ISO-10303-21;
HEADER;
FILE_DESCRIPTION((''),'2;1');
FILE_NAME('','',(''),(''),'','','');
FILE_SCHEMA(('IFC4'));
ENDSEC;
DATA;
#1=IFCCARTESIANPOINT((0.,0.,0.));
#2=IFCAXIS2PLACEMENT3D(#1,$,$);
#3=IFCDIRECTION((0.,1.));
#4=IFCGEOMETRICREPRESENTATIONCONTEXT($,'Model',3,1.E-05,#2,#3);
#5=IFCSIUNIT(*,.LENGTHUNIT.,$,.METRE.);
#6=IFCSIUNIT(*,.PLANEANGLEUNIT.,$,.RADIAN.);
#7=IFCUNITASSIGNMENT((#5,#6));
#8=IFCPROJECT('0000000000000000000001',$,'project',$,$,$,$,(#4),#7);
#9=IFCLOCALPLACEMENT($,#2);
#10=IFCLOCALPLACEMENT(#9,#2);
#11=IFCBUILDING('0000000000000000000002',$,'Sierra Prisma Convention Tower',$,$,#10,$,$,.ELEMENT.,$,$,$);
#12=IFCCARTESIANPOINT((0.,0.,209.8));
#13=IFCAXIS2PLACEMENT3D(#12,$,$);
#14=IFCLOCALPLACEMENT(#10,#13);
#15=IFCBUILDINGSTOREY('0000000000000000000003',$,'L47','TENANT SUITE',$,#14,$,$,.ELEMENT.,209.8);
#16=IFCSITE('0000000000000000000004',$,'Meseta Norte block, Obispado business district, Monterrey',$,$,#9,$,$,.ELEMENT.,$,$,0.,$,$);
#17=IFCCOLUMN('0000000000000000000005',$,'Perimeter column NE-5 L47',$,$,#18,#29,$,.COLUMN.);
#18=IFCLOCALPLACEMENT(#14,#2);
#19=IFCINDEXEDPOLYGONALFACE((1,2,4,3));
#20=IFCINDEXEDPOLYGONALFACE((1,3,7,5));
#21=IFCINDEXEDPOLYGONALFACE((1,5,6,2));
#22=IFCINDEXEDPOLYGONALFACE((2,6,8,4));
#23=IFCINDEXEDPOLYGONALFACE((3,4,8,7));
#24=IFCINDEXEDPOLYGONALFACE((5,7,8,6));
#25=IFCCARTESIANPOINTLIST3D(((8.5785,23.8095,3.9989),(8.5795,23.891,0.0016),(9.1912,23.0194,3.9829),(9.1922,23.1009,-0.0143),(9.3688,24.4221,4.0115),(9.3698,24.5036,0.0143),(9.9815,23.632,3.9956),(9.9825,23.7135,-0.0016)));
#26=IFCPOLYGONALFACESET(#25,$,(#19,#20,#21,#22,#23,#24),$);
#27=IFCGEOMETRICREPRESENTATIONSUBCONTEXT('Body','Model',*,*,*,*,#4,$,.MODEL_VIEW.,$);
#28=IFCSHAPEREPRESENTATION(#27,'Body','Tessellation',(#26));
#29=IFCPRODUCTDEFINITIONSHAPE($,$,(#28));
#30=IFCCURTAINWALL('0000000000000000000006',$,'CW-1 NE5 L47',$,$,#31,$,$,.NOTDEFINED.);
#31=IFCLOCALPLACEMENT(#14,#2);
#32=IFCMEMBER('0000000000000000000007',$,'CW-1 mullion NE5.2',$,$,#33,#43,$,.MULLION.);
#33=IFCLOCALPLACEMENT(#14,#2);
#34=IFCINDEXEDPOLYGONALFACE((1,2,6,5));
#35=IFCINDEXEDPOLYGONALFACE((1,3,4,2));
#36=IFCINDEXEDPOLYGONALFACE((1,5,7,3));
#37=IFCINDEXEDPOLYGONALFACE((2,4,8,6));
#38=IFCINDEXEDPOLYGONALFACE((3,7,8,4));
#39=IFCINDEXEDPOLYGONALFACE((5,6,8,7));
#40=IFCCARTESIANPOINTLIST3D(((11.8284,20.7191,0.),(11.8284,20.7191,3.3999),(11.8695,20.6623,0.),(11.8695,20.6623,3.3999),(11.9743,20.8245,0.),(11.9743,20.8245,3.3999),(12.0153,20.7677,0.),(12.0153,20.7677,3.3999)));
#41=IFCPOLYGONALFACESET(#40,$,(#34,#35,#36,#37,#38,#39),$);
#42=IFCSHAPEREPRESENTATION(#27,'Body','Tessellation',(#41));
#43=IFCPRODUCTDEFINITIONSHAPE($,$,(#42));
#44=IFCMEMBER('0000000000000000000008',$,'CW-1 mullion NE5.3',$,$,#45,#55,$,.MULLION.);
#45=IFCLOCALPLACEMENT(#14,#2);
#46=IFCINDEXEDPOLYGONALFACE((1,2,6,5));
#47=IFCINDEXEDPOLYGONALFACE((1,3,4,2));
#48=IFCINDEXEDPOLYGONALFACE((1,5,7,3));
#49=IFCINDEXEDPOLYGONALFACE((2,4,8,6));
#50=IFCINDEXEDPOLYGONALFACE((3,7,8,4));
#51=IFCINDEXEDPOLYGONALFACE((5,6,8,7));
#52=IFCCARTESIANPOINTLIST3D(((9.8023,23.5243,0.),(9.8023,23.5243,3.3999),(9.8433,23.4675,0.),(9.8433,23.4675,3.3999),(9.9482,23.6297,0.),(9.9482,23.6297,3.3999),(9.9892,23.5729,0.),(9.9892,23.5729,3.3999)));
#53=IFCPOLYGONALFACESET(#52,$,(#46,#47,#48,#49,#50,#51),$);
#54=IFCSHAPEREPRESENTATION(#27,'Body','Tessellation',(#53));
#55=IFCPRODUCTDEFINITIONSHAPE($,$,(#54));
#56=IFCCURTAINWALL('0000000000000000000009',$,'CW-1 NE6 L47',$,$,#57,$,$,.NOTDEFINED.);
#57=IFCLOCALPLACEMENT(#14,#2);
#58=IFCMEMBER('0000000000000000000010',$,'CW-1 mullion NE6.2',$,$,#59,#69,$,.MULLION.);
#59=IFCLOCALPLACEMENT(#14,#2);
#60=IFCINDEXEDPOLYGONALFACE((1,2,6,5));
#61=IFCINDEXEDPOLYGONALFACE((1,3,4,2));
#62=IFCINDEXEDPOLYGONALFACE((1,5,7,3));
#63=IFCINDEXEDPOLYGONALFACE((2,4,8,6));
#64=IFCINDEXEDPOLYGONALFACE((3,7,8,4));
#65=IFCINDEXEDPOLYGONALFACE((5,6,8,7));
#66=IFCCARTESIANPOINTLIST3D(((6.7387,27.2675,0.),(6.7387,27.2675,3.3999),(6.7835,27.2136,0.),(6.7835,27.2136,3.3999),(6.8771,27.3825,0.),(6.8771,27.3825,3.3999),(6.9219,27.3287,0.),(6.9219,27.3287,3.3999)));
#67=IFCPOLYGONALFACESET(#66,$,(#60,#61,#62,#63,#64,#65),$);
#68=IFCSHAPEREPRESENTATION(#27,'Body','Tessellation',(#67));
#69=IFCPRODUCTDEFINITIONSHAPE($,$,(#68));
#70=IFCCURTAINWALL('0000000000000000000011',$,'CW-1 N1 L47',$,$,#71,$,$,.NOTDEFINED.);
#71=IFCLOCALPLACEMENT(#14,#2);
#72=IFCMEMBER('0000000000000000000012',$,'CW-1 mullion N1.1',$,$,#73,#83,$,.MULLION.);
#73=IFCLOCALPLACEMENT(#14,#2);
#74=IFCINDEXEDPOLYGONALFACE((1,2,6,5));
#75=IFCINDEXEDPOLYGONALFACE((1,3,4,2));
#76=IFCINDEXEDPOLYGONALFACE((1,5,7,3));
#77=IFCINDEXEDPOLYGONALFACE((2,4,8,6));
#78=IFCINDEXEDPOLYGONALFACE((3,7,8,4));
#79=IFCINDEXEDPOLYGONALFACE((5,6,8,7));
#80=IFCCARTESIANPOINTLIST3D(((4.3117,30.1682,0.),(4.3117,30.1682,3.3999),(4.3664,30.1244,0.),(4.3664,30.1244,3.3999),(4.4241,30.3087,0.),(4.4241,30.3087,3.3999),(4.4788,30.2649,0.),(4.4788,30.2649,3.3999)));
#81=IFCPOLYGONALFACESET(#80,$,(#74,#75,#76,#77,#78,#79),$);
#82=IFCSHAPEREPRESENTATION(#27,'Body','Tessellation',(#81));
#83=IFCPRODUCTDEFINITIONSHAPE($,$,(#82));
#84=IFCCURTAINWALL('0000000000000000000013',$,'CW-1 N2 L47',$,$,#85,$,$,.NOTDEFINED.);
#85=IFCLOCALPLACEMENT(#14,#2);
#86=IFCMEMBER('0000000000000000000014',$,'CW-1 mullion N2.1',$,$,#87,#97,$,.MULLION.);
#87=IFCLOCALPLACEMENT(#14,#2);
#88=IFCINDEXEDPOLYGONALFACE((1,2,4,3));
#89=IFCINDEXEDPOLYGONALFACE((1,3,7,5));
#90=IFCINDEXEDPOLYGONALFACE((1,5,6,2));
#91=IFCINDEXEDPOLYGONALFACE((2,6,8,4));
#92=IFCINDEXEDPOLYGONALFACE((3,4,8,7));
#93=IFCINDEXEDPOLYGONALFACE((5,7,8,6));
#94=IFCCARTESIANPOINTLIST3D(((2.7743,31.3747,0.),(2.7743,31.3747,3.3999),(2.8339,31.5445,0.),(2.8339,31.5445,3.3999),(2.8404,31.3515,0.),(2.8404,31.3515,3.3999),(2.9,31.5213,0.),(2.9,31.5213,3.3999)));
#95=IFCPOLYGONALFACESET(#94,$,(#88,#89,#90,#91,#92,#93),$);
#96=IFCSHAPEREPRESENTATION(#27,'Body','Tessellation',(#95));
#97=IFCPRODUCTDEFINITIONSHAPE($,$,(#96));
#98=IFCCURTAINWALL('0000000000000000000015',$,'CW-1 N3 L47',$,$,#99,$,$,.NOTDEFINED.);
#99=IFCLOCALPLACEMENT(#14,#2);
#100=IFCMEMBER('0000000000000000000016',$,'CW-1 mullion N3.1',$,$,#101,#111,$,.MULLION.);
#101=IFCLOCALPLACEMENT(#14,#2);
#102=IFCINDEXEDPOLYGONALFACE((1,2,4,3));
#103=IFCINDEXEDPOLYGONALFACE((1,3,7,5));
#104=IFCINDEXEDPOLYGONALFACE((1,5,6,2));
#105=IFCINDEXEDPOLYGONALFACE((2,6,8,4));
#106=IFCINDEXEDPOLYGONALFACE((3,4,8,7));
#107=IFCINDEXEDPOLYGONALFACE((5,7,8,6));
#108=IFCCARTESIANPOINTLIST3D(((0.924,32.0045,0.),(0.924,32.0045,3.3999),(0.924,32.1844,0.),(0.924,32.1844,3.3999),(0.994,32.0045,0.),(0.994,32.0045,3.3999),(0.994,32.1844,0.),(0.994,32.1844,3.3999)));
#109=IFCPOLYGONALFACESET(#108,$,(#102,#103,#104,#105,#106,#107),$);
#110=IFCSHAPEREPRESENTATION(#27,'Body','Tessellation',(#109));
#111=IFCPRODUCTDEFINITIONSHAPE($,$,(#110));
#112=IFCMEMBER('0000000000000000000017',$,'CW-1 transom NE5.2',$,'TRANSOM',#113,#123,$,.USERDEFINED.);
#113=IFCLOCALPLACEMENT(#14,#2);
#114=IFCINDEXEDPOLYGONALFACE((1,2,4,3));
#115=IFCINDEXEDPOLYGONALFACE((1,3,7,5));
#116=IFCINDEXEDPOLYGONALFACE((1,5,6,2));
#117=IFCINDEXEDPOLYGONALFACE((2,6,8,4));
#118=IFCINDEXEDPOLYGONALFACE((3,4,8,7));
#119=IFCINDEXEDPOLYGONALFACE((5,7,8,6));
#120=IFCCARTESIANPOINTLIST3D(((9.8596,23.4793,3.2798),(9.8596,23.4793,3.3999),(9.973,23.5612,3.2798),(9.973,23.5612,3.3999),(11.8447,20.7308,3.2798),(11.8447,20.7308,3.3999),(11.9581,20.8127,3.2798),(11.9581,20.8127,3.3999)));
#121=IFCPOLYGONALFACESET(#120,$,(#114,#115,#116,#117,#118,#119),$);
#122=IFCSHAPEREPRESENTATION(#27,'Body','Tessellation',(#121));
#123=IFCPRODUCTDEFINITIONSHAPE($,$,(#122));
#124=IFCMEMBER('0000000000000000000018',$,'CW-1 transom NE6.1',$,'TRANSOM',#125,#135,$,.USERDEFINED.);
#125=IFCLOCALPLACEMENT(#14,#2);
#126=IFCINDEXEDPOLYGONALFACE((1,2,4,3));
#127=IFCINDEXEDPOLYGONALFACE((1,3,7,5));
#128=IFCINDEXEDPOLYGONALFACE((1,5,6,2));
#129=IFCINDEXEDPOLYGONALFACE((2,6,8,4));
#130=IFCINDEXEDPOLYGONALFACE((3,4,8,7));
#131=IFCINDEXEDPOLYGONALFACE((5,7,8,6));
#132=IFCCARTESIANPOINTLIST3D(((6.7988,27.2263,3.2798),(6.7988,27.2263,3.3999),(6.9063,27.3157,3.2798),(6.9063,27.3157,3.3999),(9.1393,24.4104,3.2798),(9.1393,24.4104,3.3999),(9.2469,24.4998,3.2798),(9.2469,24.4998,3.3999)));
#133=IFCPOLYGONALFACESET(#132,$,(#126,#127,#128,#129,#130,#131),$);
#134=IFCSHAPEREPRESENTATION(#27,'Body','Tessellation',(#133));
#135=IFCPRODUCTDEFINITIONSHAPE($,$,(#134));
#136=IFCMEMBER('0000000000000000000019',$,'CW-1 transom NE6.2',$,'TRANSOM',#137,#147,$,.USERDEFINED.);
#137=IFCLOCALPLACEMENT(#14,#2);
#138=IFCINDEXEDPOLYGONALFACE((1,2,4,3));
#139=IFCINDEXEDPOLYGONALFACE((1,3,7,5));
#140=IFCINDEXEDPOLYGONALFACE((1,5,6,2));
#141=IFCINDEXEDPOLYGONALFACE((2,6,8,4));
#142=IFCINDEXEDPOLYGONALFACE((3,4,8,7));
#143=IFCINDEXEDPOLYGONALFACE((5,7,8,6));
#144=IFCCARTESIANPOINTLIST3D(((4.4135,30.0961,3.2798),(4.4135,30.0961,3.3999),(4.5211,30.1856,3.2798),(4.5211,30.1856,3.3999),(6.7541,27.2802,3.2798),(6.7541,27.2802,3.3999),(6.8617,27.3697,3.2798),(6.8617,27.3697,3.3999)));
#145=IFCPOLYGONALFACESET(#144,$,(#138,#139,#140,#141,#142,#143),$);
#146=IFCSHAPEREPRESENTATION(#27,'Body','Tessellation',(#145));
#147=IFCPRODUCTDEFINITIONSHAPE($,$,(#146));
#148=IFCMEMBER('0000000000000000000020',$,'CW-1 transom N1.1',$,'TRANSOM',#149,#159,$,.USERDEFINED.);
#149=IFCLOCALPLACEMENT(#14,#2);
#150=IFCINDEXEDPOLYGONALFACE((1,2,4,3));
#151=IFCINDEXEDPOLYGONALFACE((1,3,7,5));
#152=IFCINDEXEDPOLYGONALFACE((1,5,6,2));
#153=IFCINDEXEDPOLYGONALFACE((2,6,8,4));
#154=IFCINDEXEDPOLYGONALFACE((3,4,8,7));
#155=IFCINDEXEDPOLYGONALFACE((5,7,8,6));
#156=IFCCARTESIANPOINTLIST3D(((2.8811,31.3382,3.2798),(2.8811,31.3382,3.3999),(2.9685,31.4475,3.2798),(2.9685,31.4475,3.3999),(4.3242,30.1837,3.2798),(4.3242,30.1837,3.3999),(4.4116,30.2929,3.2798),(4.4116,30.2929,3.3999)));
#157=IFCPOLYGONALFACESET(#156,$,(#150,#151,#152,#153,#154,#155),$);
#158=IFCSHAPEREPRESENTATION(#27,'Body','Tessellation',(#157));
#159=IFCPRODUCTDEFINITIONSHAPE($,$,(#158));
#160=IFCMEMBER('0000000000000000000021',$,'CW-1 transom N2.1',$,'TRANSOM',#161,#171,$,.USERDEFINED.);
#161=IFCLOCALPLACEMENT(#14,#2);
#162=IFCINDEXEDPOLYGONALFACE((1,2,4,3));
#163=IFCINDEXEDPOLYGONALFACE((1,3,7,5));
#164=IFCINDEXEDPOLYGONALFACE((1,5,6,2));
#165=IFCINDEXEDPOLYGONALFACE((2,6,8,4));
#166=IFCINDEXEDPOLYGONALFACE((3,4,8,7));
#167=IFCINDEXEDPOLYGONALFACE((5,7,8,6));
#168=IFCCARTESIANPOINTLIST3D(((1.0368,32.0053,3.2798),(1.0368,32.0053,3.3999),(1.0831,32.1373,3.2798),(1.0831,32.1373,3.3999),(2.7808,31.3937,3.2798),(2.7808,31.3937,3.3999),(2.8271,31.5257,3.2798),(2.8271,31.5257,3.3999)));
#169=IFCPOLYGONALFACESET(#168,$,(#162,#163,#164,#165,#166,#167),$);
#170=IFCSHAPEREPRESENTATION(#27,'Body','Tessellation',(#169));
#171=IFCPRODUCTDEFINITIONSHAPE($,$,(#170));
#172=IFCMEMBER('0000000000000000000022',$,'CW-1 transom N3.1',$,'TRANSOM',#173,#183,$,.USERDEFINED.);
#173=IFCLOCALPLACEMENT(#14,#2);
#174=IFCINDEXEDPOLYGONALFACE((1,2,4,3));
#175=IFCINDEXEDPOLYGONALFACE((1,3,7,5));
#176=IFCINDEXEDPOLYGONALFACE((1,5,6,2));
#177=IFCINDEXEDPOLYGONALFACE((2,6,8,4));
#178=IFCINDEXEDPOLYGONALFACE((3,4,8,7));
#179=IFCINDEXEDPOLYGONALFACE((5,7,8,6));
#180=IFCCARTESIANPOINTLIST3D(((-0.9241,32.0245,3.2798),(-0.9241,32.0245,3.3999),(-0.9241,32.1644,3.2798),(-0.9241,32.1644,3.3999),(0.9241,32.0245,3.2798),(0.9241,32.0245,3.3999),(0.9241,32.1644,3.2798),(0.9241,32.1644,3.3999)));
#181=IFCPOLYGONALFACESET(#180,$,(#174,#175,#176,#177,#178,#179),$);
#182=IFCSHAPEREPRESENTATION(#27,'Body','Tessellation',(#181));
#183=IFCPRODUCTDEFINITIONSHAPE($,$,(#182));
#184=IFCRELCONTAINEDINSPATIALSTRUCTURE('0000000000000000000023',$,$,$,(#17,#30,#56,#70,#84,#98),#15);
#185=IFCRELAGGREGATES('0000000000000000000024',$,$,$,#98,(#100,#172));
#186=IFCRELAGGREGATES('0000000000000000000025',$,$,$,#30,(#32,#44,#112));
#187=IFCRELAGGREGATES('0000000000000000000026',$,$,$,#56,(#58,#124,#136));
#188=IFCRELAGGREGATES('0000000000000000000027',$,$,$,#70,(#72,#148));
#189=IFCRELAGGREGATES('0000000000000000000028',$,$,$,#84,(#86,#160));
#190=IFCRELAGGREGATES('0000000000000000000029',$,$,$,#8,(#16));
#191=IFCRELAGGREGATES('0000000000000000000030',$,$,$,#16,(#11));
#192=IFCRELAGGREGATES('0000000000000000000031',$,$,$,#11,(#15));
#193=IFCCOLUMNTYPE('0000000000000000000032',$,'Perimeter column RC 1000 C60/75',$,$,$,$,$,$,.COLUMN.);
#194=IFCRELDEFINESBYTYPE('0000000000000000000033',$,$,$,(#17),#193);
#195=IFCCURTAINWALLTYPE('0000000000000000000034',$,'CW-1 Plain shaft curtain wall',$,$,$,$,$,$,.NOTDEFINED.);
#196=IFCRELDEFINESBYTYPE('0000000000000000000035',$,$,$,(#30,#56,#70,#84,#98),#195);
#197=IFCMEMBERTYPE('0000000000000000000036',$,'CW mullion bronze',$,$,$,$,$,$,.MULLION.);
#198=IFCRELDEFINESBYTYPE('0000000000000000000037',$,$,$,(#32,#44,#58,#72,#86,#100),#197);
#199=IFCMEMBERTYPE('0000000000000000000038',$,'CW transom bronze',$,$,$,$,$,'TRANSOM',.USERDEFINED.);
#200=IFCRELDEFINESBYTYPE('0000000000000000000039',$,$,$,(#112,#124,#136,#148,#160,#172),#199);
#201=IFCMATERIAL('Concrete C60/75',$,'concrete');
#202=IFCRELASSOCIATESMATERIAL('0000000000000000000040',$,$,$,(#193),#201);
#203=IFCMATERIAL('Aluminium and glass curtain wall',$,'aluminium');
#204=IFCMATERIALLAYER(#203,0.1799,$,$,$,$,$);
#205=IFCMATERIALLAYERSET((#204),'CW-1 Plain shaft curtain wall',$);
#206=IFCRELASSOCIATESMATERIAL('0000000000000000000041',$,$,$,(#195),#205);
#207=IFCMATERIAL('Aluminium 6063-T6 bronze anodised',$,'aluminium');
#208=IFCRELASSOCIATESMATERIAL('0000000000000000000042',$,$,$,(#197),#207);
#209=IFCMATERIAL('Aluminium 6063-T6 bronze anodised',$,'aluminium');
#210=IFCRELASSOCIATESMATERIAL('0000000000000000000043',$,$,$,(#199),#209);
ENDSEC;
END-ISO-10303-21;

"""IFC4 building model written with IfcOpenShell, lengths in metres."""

from ifc_helpers import new_model, si_unit, direction, frame, origin, origin_2d, place, context, subcontext, project, spatial, rectangle, extrude, clip, halfspace, material, layer, layer_set, material_profile, profile_set, type_object, element, aggregate, save


model = new_model("IFC4")

# Units and contexts
model_context = context("Model", 3, precision=1e-05, world=origin(), true_north=direction((0.0, 1.0)))
body_context = subcontext(model_context, "Body", "Model", "MODEL_VIEW")
ifc_project = project(units=[si_unit("LENGTHUNIT", "METRE"), si_unit("PLANEANGLEUNIT", "RADIAN")], contexts=[model_context])

# Site, building, storey
site_placement = place(None, origin())
site = spatial("IfcSite", under=ifc_project, at=site_placement, Name="Meseta Norte block, Obispado business district, Monterrey", CompositionType="ELEMENT", RefElevation=0.0)
building_placement = place(site_placement, origin())
building = spatial("IfcBuilding", under=site, at=building_placement, Name="Sierra Prisma Convention Tower", CompositionType="ELEMENT")
storey_placement = place(building_placement, frame((0.0, 0.0, 209.8)))
storey = spatial("IfcBuildingStorey", under=building, at=storey_placement, Name="L47", Description="TENANT SUITE", CompositionType="ELEMENT", Elevation=209.8)

# Column
ifc_material_1 = material(Name="Concrete C60/75", Category="concrete")
ifc_material_profile_1 = material_profile(ifc_material_1, rectangle(XDim=1.0, YDim=1.0, at=origin_2d()), Name="Perimeter column RC 1000 C60/75")
ifc_profile_set_1 = profile_set([ifc_material_profile_1], Name="Concrete C60/75")
column_type = type_object("IfcColumnType", Name="Perimeter column RC 1000 C60/75", PredefinedType="COLUMN", material=ifc_profile_set_1)
column_placement = place(storey_placement, frame((9.281, 23.8022, 0.0), z_axis=(-0.000244, -0.020382, 0.999792), x_axis=(-0.612718, 0.79014, 0.015958)))
element("IfcColumn", 1, at=column_placement, inside=storey, type_object=column_type, Name="Perimeter column NE-5 L47", PredefinedType="COLUMN", context=body_context, shape_type="SweptSolid", body=[
    clip(extrude(rectangle(XDim=1.0, YDim=1.0, at=origin_2d()), origin(), (0.0, 0.0, 1.0), 4.0007), halfspace(frame((0.0, 0.0, 3.998)), False)),
])

# Curtain wall, members
ifc_material_2 = material(Name="Aluminium and glass curtain wall", Category="aluminium")
ifc_layer_1 = layer(ifc_material_2, 0.1799)
ifc_layer_set_1 = layer_set([ifc_layer_1], Name="CW-1 Plain shaft curtain wall")
curtain_wall_type = type_object("IfcCurtainWallType", Name="CW-1 Plain shaft curtain wall", PredefinedType="NOTDEFINED", material=ifc_layer_set_1)
curtain_wall_1_placement = place(storey_placement, origin())
curtain_wall_1 = element("IfcCurtainWall", 2, at=curtain_wall_1_placement, inside=storey, type_object=curtain_wall_type, Name="CW-1 NE5 L47", PredefinedType="NOTDEFINED")
ifc_material_3 = material(Name="Aluminium 6063-T6 bronze anodised", Category="aluminium")
ifc_material_profile_2 = material_profile(ifc_material_3, rectangle(XDim=0.1799, YDim=0.0701, at=origin_2d()), Name="ALU MULLION 70x180")
ifc_profile_set_2 = profile_set([ifc_material_profile_2], Name="Aluminium 6063-T6 bronze anodised")
member_type_1 = type_object("IfcMemberType", Name="CW mullion bronze", PredefinedType="MULLION", material=ifc_profile_set_2)
member_1_placement = place(storey_placement, frame((11.9219, 20.7434, 0.0), z_axis=(0.0, 0.0, 1.0), x_axis=(-0.810658, -0.58552, 0.0)))
member_1 = element("IfcMember", 3, at=member_1_placement, type_object=member_type_1, Name="CW-1 mullion NE5.2", PredefinedType="MULLION", context=body_context, shape_type="SweptSolid", body=[
    extrude(rectangle(XDim=0.1799, YDim=0.0701, at=origin_2d()), origin(), (0.0, 0.0, 1.0), 3.3999),
])
member_2_placement = place(storey_placement, frame((9.8958, 23.5486, 0.0), z_axis=(0.0, 0.0, 1.0), x_axis=(-0.810658, -0.58552, 0.0)))
member_2 = element("IfcMember", 4, at=member_2_placement, type_object=member_type_1, Name="CW-1 mullion NE5.3", PredefinedType="MULLION", context=body_context, shape_type="SweptSolid", body=[
    extrude(rectangle(XDim=0.1799, YDim=0.0701, at=origin_2d()), origin(), (0.0, 0.0, 1.0), 3.3999),
])

# Curtain walls, members
curtain_wall_2_placement = place(storey_placement, origin())
curtain_wall_2 = element("IfcCurtainWall", 5, at=curtain_wall_2_placement, inside=storey, type_object=curtain_wall_type, Name="CW-1 NE6 L47", PredefinedType="NOTDEFINED")
member_3_placement = place(storey_placement, frame((6.8303, 27.2981, 0.0), z_axis=(0.0, 0.0, 1.0), x_axis=(-0.769033, -0.63921, 0.0)))
member_3 = element("IfcMember", 6, at=member_3_placement, type_object=member_type_1, Name="CW-1 mullion NE6.2", PredefinedType="MULLION", context=body_context, shape_type="SweptSolid", body=[
    extrude(rectangle(XDim=0.1799, YDim=0.0701, at=origin_2d()), origin(), (0.0, 0.0, 1.0), 3.3999),
])
curtain_wall_3_placement = place(storey_placement, origin())
curtain_wall_3 = element("IfcCurtainWall", 7, at=curtain_wall_3_placement, inside=storey, type_object=curtain_wall_type, Name="CW-1 N1 L47", PredefinedType="NOTDEFINED")
member_4_placement = place(storey_placement, frame((4.3953, 30.2166, 0.0), z_axis=(0.0, 0.0, 1.0), x_axis=(-0.624649, -0.780906, 0.0)))
member_4 = element("IfcMember", 8, at=member_4_placement, type_object=member_type_1, Name="CW-1 mullion N1.1", PredefinedType="MULLION", context=body_context, shape_type="SweptSolid", body=[
    extrude(rectangle(XDim=0.1799, YDim=0.0701, at=origin_2d()), origin(), (0.0, 0.0, 1.0), 3.3999),
])
curtain_wall_4_placement = place(storey_placement, origin())
curtain_wall_4 = element("IfcCurtainWall", 9, at=curtain_wall_4_placement, inside=storey, type_object=curtain_wall_type, Name="CW-1 N2 L47", PredefinedType="NOTDEFINED")
member_5_placement = place(storey_placement, frame((2.8372, 31.448, 0.0), z_axis=(0.0, 0.0, 1.0), x_axis=(-0.330979, -0.943638, 0.0)))
member_5 = element("IfcMember", 10, at=member_5_placement, type_object=member_type_1, Name="CW-1 mullion N2.1", PredefinedType="MULLION", context=body_context, shape_type="SweptSolid", body=[
    extrude(rectangle(XDim=0.1799, YDim=0.0701, at=origin_2d()), origin(), (0.0, 0.0, 1.0), 3.3999),
])
curtain_wall_5_placement = place(storey_placement, origin())
curtain_wall_5 = element("IfcCurtainWall", 11, at=curtain_wall_5_placement, inside=storey, type_object=curtain_wall_type, Name="CW-1 N3 L47", PredefinedType="NOTDEFINED")
member_6_placement = place(storey_placement, frame((0.959, 32.0945, 0.0), z_axis=(0.0, 0.0, 1.0), x_axis=(0.0, -1.0, 0.0)))
member_6 = element("IfcMember", 12, at=member_6_placement, type_object=member_type_1, Name="CW-1 mullion N3.1", PredefinedType="MULLION", context=body_context, shape_type="SweptSolid", body=[
    extrude(rectangle(XDim=0.1799, YDim=0.0701, at=origin_2d()), origin(), (0.0, 0.0, 1.0), 3.3999),
])

# Members
ifc_material_4 = material(Name="Aluminium 6063-T6 bronze anodised", Category="aluminium")
ifc_material_profile_3 = material_profile(ifc_material_4, rectangle(XDim=0.1399, YDim=0.1201, at=origin_2d()), Name="ALU TRANSOM 120x140")
ifc_profile_set_3 = profile_set([ifc_material_profile_3], Name="Aluminium 6063-T6 bronze anodised")
member_type_2 = type_object("IfcMemberType", Name="CW transom bronze", ElementType="TRANSOM", PredefinedType="USERDEFINED", material=ifc_profile_set_3)
member_7_placement = place(storey_placement, frame((11.9014, 20.7717, 3.3398), z_axis=(-0.585501, 0.810672, 0.0), x_axis=(-0.810672, -0.585501, 0.0)))
member_7 = element("IfcMember", 13, at=member_7_placement, type_object=member_type_2, Name="CW-1 transom NE5.2", ObjectType="TRANSOM", PredefinedType="USERDEFINED", context=body_context, shape_type="SweptSolid", body=[
    extrude(rectangle(XDim=0.1399, YDim=0.1201, at=origin_2d()), origin(), (0.0, 0.0, 1.0), 3.3904),
])
member_8_placement = place(storey_placement, frame((9.1931, 24.4551, 3.3398), z_axis=(-0.639213, 0.76903, 0.0), x_axis=(-0.76903, -0.639213, 0.0)))
member_8 = element("IfcMember", 14, at=member_8_placement, type_object=member_type_2, Name="CW-1 transom NE6.1", ObjectType="TRANSOM", PredefinedType="USERDEFINED", context=body_context, shape_type="SweptSolid", body=[
    extrude(rectangle(XDim=0.1399, YDim=0.1201, at=origin_2d()), origin(), (0.0, 0.0, 1.0), 3.6616),
])
member_9_placement = place(storey_placement, frame((6.8079, 27.325, 3.3398), z_axis=(-0.639213, 0.76903, 0.0), x_axis=(-0.76903, -0.639213, 0.0)))
member_9 = element("IfcMember", 15, at=member_9_placement, type_object=member_type_2, Name="CW-1 transom NE6.2", ObjectType="TRANSOM", PredefinedType="USERDEFINED", context=body_context, shape_type="SweptSolid", body=[
    extrude(rectangle(XDim=0.1399, YDim=0.1201, at=origin_2d()), origin(), (0.0, 0.0, 1.0), 3.6616),
])
member_10_placement = place(storey_placement, frame((4.3679, 30.2383, 3.3398), z_axis=(-0.780856, 0.624711, 0.0), x_axis=(-0.624711, -0.780856, 0.0)))
member_10 = element("IfcMember", 16, at=member_10_placement, type_object=member_type_2, Name="CW-1 transom N1.1", ObjectType="TRANSOM", PredefinedType="USERDEFINED", context=body_context, shape_type="SweptSolid", body=[
    extrude(rectangle(XDim=0.1399, YDim=0.1201, at=origin_2d()), origin(), (0.0, 0.0, 1.0), 1.8481),
])
member_11_placement = place(storey_placement, frame((2.804, 31.4597, 3.3398), z_axis=(-0.943654, 0.330933, 0.0), x_axis=(-0.330933, -0.943654, 0.0)))
member_11 = element("IfcMember", 17, at=member_11_placement, type_object=member_type_2, Name="CW-1 transom N2.1", ObjectType="TRANSOM", PredefinedType="USERDEFINED", context=body_context, shape_type="SweptSolid", body=[
    extrude(rectangle(XDim=0.1399, YDim=0.1201, at=origin_2d()), origin(), (0.0, 0.0, 1.0), 1.8481),
])
member_12_placement = place(storey_placement, frame((0.9241, 32.0945, 3.3398), z_axis=(-1.0, 0.0, 0.0), x_axis=(0.0, -1.0, 0.0)))
member_12 = element("IfcMember", 18, at=member_12_placement, type_object=member_type_2, Name="CW-1 transom N3.1", ObjectType="TRANSOM", PredefinedType="USERDEFINED", context=body_context, shape_type="SweptSolid", body=[
    extrude(rectangle(XDim=0.1399, YDim=0.1201, at=origin_2d()), origin(), (0.0, 0.0, 1.0), 1.8481),
])
aggregate(curtain_wall_5, [member_6, member_12])

aggregate(curtain_wall_1, [member_1, member_2, member_7])
aggregate(curtain_wall_2, [member_3, member_8, member_9])
aggregate(curtain_wall_3, [member_4, member_10])
aggregate(curtain_wall_4, [member_5, member_11])

save(model, "model.ifc")
